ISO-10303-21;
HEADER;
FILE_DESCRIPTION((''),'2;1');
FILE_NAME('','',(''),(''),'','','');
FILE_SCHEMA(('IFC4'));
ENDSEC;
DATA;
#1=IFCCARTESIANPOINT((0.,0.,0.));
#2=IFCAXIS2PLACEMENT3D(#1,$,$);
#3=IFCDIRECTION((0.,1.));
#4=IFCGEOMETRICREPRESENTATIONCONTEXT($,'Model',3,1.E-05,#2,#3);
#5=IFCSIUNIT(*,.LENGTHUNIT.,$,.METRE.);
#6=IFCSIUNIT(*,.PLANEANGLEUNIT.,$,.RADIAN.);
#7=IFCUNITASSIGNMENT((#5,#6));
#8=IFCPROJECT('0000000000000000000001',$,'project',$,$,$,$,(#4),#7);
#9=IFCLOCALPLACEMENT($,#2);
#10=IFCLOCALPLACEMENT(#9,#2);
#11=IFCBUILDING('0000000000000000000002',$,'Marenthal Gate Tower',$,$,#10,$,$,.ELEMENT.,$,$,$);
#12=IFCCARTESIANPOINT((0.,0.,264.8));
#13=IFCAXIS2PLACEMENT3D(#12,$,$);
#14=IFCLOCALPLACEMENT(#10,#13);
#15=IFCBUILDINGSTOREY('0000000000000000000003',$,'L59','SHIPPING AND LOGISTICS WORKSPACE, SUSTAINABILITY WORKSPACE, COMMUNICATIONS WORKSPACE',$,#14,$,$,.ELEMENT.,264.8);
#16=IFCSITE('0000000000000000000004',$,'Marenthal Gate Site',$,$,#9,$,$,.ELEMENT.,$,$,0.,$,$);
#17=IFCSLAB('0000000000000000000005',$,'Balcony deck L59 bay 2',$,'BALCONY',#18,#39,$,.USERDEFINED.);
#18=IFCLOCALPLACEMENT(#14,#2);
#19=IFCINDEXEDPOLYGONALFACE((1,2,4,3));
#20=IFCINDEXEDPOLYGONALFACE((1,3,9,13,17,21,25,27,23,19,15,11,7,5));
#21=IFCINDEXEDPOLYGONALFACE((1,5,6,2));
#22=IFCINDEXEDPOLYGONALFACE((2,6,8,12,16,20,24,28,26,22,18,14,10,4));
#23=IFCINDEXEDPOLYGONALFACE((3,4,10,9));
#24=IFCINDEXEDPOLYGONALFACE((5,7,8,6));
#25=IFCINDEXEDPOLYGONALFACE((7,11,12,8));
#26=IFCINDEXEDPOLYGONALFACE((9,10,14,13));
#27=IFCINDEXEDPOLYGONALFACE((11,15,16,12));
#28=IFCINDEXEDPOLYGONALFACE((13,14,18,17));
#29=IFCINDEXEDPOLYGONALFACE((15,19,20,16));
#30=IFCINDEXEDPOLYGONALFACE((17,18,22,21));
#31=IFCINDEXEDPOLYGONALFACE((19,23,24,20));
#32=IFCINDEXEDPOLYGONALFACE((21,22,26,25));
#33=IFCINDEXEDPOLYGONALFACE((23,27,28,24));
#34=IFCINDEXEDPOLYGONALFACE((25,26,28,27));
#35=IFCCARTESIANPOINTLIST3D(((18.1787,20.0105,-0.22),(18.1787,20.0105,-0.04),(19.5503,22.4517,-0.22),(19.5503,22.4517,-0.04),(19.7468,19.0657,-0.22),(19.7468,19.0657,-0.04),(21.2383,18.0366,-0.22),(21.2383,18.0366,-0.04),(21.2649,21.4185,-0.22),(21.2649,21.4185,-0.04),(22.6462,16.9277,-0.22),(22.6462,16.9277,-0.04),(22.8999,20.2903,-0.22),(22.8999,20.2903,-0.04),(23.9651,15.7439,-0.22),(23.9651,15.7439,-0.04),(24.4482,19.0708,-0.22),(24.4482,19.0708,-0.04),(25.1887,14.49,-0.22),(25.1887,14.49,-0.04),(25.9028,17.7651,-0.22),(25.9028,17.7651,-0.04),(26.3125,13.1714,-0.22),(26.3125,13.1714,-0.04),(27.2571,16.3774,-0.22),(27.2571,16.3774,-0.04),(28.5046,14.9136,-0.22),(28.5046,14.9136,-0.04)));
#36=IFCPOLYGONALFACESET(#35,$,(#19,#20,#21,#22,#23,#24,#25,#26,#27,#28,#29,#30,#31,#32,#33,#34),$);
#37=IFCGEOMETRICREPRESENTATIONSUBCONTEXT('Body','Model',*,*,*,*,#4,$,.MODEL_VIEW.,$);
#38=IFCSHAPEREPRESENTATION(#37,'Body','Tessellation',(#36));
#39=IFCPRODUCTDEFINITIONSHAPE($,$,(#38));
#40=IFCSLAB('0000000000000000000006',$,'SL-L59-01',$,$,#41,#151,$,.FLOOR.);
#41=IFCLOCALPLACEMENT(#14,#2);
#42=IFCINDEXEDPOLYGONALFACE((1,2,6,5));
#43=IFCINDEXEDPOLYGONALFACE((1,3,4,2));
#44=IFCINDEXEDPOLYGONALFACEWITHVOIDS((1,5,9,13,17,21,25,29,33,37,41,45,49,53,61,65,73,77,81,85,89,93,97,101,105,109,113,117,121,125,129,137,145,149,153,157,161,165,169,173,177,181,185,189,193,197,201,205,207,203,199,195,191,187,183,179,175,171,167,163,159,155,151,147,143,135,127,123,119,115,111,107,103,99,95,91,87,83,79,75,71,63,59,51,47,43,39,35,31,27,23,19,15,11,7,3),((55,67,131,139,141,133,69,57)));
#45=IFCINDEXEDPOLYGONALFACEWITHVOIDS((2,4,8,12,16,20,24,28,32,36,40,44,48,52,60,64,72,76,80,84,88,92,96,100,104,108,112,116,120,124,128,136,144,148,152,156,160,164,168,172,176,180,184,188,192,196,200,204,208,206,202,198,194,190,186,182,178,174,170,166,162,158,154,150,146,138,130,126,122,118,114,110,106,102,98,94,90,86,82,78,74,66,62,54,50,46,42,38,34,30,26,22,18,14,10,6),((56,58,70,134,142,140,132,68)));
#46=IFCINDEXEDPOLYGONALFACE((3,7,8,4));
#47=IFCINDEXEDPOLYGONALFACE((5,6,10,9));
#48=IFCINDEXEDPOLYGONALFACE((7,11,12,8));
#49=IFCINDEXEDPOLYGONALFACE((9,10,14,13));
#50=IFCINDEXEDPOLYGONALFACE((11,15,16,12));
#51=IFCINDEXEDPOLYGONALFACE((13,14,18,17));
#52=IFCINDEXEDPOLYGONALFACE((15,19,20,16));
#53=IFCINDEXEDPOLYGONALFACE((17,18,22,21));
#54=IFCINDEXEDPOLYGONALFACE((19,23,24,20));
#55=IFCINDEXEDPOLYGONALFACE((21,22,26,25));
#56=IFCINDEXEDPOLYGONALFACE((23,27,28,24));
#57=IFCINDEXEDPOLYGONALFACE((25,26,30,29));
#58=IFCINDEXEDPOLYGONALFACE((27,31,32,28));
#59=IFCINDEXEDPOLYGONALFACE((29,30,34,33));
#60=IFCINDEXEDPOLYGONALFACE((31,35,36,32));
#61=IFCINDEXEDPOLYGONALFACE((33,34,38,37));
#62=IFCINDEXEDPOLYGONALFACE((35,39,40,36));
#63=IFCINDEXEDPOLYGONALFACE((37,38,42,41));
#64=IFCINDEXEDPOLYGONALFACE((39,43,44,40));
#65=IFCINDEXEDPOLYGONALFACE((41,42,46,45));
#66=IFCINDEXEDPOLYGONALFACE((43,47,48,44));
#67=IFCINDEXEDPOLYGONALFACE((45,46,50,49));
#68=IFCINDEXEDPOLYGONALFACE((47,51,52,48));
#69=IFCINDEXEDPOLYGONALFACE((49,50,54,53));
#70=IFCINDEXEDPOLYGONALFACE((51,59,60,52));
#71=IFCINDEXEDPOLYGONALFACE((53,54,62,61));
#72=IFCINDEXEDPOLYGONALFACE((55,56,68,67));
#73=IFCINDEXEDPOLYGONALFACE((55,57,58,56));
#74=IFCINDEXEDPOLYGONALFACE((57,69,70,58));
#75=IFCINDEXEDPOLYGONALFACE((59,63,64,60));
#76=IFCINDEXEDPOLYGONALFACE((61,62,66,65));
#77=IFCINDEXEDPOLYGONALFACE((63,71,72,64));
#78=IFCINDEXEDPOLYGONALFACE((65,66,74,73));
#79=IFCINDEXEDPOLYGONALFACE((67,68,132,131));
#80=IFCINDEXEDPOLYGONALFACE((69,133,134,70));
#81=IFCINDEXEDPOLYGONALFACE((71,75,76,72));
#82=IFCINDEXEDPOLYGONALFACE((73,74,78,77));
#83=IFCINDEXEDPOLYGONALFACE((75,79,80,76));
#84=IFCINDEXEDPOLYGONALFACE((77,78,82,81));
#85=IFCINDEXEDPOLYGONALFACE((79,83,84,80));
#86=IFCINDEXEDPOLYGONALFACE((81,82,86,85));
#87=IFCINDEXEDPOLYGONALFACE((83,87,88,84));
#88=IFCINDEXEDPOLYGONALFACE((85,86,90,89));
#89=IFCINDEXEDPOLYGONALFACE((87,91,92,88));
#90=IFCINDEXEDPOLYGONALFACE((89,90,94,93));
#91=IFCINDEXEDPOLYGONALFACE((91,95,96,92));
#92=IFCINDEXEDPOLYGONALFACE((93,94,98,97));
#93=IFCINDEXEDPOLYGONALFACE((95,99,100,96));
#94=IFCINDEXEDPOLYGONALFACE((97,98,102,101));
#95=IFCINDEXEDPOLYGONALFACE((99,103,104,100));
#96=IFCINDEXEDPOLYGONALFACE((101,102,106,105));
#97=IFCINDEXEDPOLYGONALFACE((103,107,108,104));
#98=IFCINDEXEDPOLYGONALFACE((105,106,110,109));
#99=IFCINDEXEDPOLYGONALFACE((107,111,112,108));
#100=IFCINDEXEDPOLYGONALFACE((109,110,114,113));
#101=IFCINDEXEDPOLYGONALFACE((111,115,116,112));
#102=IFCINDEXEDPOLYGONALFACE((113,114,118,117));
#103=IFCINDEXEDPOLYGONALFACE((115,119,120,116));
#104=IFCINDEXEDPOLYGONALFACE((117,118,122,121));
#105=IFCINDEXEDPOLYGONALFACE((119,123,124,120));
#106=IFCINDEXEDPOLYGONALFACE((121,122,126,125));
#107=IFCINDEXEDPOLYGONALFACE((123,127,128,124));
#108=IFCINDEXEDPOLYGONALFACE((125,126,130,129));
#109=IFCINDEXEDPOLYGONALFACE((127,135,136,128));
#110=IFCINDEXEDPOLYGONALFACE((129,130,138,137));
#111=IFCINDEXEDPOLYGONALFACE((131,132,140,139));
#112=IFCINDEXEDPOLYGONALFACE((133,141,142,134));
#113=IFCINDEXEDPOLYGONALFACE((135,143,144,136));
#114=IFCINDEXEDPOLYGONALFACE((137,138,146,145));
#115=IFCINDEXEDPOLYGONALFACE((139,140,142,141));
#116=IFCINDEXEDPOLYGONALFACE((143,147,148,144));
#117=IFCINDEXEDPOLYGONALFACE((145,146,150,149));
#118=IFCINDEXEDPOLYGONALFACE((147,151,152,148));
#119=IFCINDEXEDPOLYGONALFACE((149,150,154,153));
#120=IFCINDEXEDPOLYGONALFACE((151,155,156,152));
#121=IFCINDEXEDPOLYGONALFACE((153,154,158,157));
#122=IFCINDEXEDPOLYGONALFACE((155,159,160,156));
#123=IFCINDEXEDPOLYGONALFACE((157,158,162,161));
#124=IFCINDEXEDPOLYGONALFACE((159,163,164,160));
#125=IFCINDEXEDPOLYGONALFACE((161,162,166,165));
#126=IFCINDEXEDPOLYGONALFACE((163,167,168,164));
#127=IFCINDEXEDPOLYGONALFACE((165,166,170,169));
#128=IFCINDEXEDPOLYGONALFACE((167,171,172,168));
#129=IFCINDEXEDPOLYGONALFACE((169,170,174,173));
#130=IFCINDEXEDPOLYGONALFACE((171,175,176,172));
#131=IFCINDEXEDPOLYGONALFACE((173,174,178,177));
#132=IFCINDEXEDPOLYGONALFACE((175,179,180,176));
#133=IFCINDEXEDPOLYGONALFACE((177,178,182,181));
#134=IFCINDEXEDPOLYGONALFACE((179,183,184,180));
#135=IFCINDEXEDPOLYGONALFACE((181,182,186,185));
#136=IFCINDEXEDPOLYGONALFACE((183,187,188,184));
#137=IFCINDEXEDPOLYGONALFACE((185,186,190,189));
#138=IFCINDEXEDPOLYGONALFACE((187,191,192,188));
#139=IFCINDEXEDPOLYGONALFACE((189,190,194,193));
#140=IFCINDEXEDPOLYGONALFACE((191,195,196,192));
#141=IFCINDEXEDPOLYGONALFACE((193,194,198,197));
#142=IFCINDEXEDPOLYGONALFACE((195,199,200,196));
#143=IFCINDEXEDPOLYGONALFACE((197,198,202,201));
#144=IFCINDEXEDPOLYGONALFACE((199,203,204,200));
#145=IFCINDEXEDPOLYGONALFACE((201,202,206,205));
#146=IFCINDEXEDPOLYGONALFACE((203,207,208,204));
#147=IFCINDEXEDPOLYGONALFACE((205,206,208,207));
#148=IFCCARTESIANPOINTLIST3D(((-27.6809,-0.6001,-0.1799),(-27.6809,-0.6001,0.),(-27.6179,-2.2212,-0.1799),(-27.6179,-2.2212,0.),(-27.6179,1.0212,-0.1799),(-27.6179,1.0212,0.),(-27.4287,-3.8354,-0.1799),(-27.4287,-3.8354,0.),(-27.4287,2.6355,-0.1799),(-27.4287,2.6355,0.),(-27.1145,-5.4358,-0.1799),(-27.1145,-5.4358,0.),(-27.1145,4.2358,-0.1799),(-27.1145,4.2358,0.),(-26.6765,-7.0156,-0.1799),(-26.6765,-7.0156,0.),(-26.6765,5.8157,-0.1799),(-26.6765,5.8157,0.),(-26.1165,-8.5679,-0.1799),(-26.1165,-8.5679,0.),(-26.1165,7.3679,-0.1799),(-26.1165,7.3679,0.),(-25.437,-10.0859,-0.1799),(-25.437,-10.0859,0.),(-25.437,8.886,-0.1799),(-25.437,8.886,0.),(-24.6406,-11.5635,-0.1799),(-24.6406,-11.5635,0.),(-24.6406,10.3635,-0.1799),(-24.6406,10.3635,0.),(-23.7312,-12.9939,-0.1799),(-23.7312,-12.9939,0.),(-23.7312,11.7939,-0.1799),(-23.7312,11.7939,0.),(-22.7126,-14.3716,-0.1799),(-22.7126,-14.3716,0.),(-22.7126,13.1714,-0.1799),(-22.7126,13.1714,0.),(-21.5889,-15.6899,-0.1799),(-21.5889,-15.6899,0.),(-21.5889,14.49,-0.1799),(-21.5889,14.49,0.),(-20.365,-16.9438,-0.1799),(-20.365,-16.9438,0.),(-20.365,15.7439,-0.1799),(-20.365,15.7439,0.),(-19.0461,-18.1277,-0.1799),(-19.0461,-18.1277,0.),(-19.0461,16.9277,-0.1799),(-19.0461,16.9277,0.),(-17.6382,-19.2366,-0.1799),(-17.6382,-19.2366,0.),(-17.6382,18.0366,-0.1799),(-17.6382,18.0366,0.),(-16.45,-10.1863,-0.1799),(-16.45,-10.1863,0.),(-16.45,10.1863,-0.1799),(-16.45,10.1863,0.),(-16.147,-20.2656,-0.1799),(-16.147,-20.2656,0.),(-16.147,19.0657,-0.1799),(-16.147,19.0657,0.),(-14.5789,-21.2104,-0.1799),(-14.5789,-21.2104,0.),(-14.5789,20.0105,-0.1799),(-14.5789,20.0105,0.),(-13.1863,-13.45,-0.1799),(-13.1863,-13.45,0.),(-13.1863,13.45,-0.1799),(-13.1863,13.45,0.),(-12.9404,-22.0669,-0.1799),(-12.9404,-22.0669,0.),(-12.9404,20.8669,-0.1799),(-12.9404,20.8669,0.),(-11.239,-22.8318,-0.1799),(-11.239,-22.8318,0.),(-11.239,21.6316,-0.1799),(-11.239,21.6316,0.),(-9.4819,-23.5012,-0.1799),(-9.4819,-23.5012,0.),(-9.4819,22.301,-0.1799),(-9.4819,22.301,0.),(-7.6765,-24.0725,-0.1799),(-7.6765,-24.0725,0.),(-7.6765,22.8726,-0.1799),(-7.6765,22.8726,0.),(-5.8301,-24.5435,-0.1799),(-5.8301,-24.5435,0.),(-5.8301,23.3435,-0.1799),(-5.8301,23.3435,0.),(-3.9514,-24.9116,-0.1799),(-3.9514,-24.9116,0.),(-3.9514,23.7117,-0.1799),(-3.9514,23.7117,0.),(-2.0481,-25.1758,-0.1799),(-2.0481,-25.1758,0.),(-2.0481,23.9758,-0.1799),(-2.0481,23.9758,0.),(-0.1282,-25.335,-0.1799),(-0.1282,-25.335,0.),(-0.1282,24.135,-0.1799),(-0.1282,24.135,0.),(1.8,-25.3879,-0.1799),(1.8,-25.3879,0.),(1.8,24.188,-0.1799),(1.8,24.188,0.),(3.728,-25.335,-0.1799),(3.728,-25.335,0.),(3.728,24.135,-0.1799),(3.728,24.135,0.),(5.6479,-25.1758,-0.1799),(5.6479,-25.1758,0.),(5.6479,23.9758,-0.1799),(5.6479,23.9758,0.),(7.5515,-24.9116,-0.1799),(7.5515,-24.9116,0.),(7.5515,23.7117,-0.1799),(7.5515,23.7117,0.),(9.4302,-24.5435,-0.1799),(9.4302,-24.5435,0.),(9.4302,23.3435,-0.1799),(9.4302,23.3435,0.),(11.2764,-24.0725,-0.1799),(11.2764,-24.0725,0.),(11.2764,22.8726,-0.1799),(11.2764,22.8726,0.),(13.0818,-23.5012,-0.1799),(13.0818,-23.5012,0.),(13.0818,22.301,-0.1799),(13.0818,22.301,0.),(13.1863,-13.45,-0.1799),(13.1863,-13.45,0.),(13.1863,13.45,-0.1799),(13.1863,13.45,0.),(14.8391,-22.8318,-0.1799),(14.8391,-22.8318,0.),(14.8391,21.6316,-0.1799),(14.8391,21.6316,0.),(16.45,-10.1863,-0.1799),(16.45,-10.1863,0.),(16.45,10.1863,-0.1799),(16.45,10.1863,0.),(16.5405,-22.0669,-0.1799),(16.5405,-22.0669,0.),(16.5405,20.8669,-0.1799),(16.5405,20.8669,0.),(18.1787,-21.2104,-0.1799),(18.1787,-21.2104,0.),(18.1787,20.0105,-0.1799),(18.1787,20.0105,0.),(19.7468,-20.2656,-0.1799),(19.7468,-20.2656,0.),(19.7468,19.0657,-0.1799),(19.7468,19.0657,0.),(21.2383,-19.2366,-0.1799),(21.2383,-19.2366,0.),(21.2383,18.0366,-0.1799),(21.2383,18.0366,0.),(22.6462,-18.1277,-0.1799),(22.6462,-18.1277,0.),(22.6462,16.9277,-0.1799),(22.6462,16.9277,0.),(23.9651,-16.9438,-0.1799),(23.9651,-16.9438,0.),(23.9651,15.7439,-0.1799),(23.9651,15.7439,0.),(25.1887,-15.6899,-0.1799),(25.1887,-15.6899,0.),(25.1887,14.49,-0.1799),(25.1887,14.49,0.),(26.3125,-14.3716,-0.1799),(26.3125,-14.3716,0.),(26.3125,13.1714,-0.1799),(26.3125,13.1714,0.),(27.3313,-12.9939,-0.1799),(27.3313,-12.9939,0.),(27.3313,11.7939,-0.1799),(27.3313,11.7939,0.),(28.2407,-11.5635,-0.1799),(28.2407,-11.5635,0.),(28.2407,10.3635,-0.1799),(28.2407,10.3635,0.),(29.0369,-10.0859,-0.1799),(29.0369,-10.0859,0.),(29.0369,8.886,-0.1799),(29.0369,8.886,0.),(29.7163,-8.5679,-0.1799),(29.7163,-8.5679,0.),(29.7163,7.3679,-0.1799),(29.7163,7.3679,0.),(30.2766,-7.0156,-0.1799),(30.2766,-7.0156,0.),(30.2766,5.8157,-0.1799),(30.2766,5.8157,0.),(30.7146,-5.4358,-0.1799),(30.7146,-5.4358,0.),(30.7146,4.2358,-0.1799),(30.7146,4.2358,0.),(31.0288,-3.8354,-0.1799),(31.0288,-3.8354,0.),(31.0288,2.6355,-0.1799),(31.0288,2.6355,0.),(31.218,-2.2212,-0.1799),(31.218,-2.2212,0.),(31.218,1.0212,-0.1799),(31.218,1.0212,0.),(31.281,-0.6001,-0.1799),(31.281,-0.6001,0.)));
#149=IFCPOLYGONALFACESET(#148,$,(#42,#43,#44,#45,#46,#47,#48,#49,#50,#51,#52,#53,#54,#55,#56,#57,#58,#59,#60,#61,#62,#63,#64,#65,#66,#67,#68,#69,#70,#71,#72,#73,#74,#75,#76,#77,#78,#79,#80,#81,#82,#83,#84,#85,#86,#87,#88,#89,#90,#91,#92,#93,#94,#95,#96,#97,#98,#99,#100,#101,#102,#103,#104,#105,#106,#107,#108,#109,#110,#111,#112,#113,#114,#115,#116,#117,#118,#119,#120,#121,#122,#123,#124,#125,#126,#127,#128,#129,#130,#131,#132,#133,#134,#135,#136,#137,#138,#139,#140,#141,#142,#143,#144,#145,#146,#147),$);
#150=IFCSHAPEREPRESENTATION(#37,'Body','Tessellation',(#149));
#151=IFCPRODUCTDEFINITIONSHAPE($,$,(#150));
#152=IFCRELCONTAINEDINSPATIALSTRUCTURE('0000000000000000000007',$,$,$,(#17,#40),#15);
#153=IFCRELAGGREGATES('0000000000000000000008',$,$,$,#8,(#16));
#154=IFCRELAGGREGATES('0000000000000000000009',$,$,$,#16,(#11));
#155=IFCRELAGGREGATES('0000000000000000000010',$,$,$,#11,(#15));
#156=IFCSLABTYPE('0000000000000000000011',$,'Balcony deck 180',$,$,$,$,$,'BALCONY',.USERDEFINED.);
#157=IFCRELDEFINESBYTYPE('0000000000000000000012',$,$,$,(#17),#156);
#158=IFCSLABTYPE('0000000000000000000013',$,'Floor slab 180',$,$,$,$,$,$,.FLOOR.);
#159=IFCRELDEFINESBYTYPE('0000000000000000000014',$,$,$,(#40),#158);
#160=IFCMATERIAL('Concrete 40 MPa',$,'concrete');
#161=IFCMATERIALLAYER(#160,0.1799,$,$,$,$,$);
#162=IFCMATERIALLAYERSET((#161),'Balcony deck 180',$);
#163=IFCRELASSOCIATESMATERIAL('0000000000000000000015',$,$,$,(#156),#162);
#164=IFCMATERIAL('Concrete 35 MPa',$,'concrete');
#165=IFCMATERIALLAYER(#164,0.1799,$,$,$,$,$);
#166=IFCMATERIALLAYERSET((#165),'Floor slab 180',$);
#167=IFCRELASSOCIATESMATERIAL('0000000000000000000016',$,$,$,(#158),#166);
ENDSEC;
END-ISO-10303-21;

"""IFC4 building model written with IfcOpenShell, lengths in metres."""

from ifc_helpers import new_model, si_unit, direction, frame, origin, place, context, subcontext, project, spatial, polyline, outline, extrude, material, layer, layer_set, type_object, element, save


model = new_model("IFC4")

# Units and contexts
model_context = context("Model", 3, precision=1e-05, world=origin(), true_north=direction((0.0, 1.0)))
body_context = subcontext(model_context, "Body", "Model", "MODEL_VIEW")
ifc_project = project(units=[si_unit("LENGTHUNIT", "METRE"), si_unit("PLANEANGLEUNIT", "RADIAN")], contexts=[model_context])

# Site, building, storey
site_placement = place(None, origin())
site = spatial("IfcSite", under=ifc_project, at=site_placement, Name="Marenthal Gate Site", CompositionType="ELEMENT", RefElevation=0.0)
building_placement = place(site_placement, origin())
building = spatial("IfcBuilding", under=site, at=building_placement, Name="Marenthal Gate Tower", CompositionType="ELEMENT")
storey_placement = place(building_placement, frame((0.0, 0.0, 264.8)))
storey = spatial("IfcBuildingStorey", under=building, at=storey_placement, Name="L59", Description="SHIPPING AND LOGISTICS WORKSPACE, SUSTAINABILITY WORKSPACE, COMMUNICATIONS WORKSPACE", CompositionType="ELEMENT", Elevation=264.8)

# Slabs
ifc_material_1 = material(Name="Concrete 40 MPa", Category="concrete")
ifc_layer_1 = layer(ifc_material_1, 0.1799)
ifc_layer_set_1 = layer_set([ifc_layer_1], Name="Balcony deck 180")
slab_type_1 = type_object("IfcSlabType", Name="Balcony deck 180", ElementType="BALCONY", PredefinedType="USERDEFINED", material=ifc_layer_set_1)
slab_1_placement = place(storey_placement, frame((0.0, 0.0, -0.22)))
element("IfcSlab", 1, at=slab_1_placement, inside=storey, type_object=slab_type_1, Name="Balcony deck L59 bay 2", ObjectType="BALCONY", PredefinedType="USERDEFINED", context=body_context, shape_type="SweptSolid", body=[
    extrude(outline(polyline([(26.3125, 13.1714), (25.1887, 14.49), (23.9651, 15.7439), (22.6462, 16.9277), (21.2383, 18.0366), (19.7468, 19.0657), (18.1787, 20.0105), (19.5503, 22.4517), (21.2649, 21.4185), (22.8999, 20.2903), (24.4482, 19.0708), (25.9028, 17.7651), (27.2571, 16.3774), (28.5046, 14.9136), (26.3125, 13.1714)])), origin(), (0.0, 0.0, 1.0), 0.1799),
])
ifc_material_2 = material(Name="Concrete 35 MPa", Category="concrete")
ifc_layer_2 = layer(ifc_material_2, 0.1799)
ifc_layer_set_2 = layer_set([ifc_layer_2], Name="Floor slab 180")
slab_type_2 = type_object("IfcSlabType", Name="Floor slab 180", PredefinedType="FLOOR", material=ifc_layer_set_2)
slab_2_placement = place(storey_placement, frame((0.0, 0.0, -0.1799)))
element("IfcSlab", 2, at=slab_2_placement, inside=storey, type_object=slab_type_2, Name="SL-L59-01", PredefinedType="FLOOR", context=body_context, shape_type="SweptSolid", body=[
    extrude(outline(polyline([(31.281, -0.6001), (31.218, 1.0212), (31.0288, 2.6355), (30.7146, 4.2358), (30.2766, 5.8157), (29.7163, 7.3679), (29.0369, 8.886), (28.2407, 10.3635), (27.3313, 11.7939), (26.3125, 13.1714), (25.1887, 14.49), (23.9651, 15.7439), (22.6462, 16.9277), (21.2383, 18.0366), (19.7468, 19.0657), (18.1787, 20.0105), (16.5405, 20.8669), (14.8391, 21.6316), (13.0818, 22.301), (11.2764, 22.8726), (9.4302, 23.3435), (7.5515, 23.7117), (5.6479, 23.9758), (3.728, 24.135), (1.8, 24.188), (-0.1282, 24.135), (-2.0481, 23.9758), (-3.9514, 23.7117), (-5.8301, 23.3435), (-7.6765, 22.8726), (-9.4819, 22.301), (-11.239, 21.6316), (-12.9404, 20.8669), (-14.5789, 20.0105), (-16.147, 19.0657), (-17.6382, 18.0366), (-19.0461, 16.9277), (-20.365, 15.7439), (-21.5889, 14.49), (-22.7126, 13.1714), (-23.7312, 11.7939), (-24.6406, 10.3635), (-25.437, 8.886), (-26.1165, 7.3679), (-26.6765, 5.8157), (-27.1145, 4.2358), (-27.4287, 2.6355), (-27.6179, 1.0212), (-27.6809, -0.6001), (-27.6179, -2.2212), (-27.4287, -3.8354), (-27.1145, -5.4358), (-26.6765, -7.0156), (-26.1165, -8.5679), (-25.437, -10.0859), (-24.6406, -11.5635), (-23.7312, -12.9939), (-22.7126, -14.3716), (-21.5889, -15.6899), (-20.365, -16.9438), (-19.0461, -18.1277), (-17.6382, -19.2366), (-16.147, -20.2656), (-14.5789, -21.2104), (-12.9404, -22.0669), (-11.239, -22.8318), (-9.4819, -23.5012), (-7.6765, -24.0725), (-5.8301, -24.5435), (-3.9514, -24.9116), (-2.0481, -25.1758), (-0.1282, -25.335), (1.8, -25.3879), (3.728, -25.335), (5.6479, -25.1758), (7.5515, -24.9116), (9.4302, -24.5435), (11.2764, -24.0725), (13.0818, -23.5012), (14.8391, -22.8318), (16.5405, -22.0669), (18.1787, -21.2104), (19.7468, -20.2656), (21.2383, -19.2366), (22.6462, -18.1277), (23.9651, -16.9438), (25.1887, -15.6899), (26.3125, -14.3716), (27.3313, -12.9939), (28.2407, -11.5635), (29.0369, -10.0859), (29.7163, -8.5679), (30.2766, -7.0156), (30.7146, -5.4358), (31.0288, -3.8354), (31.218, -2.2212), (31.281, -0.6001)]), holes=[polyline([(13.1863, -13.45), (16.45, -10.1863), (16.45, 10.1863), (13.1863, 13.45), (-13.1863, 13.45), (-16.45, 10.1863), (-16.45, -10.1863), (-13.1863, -13.45), (13.1863, -13.45)])]), origin(), (0.0, 0.0, 1.0), 0.1799),
])

save(model, "model.ifc")
